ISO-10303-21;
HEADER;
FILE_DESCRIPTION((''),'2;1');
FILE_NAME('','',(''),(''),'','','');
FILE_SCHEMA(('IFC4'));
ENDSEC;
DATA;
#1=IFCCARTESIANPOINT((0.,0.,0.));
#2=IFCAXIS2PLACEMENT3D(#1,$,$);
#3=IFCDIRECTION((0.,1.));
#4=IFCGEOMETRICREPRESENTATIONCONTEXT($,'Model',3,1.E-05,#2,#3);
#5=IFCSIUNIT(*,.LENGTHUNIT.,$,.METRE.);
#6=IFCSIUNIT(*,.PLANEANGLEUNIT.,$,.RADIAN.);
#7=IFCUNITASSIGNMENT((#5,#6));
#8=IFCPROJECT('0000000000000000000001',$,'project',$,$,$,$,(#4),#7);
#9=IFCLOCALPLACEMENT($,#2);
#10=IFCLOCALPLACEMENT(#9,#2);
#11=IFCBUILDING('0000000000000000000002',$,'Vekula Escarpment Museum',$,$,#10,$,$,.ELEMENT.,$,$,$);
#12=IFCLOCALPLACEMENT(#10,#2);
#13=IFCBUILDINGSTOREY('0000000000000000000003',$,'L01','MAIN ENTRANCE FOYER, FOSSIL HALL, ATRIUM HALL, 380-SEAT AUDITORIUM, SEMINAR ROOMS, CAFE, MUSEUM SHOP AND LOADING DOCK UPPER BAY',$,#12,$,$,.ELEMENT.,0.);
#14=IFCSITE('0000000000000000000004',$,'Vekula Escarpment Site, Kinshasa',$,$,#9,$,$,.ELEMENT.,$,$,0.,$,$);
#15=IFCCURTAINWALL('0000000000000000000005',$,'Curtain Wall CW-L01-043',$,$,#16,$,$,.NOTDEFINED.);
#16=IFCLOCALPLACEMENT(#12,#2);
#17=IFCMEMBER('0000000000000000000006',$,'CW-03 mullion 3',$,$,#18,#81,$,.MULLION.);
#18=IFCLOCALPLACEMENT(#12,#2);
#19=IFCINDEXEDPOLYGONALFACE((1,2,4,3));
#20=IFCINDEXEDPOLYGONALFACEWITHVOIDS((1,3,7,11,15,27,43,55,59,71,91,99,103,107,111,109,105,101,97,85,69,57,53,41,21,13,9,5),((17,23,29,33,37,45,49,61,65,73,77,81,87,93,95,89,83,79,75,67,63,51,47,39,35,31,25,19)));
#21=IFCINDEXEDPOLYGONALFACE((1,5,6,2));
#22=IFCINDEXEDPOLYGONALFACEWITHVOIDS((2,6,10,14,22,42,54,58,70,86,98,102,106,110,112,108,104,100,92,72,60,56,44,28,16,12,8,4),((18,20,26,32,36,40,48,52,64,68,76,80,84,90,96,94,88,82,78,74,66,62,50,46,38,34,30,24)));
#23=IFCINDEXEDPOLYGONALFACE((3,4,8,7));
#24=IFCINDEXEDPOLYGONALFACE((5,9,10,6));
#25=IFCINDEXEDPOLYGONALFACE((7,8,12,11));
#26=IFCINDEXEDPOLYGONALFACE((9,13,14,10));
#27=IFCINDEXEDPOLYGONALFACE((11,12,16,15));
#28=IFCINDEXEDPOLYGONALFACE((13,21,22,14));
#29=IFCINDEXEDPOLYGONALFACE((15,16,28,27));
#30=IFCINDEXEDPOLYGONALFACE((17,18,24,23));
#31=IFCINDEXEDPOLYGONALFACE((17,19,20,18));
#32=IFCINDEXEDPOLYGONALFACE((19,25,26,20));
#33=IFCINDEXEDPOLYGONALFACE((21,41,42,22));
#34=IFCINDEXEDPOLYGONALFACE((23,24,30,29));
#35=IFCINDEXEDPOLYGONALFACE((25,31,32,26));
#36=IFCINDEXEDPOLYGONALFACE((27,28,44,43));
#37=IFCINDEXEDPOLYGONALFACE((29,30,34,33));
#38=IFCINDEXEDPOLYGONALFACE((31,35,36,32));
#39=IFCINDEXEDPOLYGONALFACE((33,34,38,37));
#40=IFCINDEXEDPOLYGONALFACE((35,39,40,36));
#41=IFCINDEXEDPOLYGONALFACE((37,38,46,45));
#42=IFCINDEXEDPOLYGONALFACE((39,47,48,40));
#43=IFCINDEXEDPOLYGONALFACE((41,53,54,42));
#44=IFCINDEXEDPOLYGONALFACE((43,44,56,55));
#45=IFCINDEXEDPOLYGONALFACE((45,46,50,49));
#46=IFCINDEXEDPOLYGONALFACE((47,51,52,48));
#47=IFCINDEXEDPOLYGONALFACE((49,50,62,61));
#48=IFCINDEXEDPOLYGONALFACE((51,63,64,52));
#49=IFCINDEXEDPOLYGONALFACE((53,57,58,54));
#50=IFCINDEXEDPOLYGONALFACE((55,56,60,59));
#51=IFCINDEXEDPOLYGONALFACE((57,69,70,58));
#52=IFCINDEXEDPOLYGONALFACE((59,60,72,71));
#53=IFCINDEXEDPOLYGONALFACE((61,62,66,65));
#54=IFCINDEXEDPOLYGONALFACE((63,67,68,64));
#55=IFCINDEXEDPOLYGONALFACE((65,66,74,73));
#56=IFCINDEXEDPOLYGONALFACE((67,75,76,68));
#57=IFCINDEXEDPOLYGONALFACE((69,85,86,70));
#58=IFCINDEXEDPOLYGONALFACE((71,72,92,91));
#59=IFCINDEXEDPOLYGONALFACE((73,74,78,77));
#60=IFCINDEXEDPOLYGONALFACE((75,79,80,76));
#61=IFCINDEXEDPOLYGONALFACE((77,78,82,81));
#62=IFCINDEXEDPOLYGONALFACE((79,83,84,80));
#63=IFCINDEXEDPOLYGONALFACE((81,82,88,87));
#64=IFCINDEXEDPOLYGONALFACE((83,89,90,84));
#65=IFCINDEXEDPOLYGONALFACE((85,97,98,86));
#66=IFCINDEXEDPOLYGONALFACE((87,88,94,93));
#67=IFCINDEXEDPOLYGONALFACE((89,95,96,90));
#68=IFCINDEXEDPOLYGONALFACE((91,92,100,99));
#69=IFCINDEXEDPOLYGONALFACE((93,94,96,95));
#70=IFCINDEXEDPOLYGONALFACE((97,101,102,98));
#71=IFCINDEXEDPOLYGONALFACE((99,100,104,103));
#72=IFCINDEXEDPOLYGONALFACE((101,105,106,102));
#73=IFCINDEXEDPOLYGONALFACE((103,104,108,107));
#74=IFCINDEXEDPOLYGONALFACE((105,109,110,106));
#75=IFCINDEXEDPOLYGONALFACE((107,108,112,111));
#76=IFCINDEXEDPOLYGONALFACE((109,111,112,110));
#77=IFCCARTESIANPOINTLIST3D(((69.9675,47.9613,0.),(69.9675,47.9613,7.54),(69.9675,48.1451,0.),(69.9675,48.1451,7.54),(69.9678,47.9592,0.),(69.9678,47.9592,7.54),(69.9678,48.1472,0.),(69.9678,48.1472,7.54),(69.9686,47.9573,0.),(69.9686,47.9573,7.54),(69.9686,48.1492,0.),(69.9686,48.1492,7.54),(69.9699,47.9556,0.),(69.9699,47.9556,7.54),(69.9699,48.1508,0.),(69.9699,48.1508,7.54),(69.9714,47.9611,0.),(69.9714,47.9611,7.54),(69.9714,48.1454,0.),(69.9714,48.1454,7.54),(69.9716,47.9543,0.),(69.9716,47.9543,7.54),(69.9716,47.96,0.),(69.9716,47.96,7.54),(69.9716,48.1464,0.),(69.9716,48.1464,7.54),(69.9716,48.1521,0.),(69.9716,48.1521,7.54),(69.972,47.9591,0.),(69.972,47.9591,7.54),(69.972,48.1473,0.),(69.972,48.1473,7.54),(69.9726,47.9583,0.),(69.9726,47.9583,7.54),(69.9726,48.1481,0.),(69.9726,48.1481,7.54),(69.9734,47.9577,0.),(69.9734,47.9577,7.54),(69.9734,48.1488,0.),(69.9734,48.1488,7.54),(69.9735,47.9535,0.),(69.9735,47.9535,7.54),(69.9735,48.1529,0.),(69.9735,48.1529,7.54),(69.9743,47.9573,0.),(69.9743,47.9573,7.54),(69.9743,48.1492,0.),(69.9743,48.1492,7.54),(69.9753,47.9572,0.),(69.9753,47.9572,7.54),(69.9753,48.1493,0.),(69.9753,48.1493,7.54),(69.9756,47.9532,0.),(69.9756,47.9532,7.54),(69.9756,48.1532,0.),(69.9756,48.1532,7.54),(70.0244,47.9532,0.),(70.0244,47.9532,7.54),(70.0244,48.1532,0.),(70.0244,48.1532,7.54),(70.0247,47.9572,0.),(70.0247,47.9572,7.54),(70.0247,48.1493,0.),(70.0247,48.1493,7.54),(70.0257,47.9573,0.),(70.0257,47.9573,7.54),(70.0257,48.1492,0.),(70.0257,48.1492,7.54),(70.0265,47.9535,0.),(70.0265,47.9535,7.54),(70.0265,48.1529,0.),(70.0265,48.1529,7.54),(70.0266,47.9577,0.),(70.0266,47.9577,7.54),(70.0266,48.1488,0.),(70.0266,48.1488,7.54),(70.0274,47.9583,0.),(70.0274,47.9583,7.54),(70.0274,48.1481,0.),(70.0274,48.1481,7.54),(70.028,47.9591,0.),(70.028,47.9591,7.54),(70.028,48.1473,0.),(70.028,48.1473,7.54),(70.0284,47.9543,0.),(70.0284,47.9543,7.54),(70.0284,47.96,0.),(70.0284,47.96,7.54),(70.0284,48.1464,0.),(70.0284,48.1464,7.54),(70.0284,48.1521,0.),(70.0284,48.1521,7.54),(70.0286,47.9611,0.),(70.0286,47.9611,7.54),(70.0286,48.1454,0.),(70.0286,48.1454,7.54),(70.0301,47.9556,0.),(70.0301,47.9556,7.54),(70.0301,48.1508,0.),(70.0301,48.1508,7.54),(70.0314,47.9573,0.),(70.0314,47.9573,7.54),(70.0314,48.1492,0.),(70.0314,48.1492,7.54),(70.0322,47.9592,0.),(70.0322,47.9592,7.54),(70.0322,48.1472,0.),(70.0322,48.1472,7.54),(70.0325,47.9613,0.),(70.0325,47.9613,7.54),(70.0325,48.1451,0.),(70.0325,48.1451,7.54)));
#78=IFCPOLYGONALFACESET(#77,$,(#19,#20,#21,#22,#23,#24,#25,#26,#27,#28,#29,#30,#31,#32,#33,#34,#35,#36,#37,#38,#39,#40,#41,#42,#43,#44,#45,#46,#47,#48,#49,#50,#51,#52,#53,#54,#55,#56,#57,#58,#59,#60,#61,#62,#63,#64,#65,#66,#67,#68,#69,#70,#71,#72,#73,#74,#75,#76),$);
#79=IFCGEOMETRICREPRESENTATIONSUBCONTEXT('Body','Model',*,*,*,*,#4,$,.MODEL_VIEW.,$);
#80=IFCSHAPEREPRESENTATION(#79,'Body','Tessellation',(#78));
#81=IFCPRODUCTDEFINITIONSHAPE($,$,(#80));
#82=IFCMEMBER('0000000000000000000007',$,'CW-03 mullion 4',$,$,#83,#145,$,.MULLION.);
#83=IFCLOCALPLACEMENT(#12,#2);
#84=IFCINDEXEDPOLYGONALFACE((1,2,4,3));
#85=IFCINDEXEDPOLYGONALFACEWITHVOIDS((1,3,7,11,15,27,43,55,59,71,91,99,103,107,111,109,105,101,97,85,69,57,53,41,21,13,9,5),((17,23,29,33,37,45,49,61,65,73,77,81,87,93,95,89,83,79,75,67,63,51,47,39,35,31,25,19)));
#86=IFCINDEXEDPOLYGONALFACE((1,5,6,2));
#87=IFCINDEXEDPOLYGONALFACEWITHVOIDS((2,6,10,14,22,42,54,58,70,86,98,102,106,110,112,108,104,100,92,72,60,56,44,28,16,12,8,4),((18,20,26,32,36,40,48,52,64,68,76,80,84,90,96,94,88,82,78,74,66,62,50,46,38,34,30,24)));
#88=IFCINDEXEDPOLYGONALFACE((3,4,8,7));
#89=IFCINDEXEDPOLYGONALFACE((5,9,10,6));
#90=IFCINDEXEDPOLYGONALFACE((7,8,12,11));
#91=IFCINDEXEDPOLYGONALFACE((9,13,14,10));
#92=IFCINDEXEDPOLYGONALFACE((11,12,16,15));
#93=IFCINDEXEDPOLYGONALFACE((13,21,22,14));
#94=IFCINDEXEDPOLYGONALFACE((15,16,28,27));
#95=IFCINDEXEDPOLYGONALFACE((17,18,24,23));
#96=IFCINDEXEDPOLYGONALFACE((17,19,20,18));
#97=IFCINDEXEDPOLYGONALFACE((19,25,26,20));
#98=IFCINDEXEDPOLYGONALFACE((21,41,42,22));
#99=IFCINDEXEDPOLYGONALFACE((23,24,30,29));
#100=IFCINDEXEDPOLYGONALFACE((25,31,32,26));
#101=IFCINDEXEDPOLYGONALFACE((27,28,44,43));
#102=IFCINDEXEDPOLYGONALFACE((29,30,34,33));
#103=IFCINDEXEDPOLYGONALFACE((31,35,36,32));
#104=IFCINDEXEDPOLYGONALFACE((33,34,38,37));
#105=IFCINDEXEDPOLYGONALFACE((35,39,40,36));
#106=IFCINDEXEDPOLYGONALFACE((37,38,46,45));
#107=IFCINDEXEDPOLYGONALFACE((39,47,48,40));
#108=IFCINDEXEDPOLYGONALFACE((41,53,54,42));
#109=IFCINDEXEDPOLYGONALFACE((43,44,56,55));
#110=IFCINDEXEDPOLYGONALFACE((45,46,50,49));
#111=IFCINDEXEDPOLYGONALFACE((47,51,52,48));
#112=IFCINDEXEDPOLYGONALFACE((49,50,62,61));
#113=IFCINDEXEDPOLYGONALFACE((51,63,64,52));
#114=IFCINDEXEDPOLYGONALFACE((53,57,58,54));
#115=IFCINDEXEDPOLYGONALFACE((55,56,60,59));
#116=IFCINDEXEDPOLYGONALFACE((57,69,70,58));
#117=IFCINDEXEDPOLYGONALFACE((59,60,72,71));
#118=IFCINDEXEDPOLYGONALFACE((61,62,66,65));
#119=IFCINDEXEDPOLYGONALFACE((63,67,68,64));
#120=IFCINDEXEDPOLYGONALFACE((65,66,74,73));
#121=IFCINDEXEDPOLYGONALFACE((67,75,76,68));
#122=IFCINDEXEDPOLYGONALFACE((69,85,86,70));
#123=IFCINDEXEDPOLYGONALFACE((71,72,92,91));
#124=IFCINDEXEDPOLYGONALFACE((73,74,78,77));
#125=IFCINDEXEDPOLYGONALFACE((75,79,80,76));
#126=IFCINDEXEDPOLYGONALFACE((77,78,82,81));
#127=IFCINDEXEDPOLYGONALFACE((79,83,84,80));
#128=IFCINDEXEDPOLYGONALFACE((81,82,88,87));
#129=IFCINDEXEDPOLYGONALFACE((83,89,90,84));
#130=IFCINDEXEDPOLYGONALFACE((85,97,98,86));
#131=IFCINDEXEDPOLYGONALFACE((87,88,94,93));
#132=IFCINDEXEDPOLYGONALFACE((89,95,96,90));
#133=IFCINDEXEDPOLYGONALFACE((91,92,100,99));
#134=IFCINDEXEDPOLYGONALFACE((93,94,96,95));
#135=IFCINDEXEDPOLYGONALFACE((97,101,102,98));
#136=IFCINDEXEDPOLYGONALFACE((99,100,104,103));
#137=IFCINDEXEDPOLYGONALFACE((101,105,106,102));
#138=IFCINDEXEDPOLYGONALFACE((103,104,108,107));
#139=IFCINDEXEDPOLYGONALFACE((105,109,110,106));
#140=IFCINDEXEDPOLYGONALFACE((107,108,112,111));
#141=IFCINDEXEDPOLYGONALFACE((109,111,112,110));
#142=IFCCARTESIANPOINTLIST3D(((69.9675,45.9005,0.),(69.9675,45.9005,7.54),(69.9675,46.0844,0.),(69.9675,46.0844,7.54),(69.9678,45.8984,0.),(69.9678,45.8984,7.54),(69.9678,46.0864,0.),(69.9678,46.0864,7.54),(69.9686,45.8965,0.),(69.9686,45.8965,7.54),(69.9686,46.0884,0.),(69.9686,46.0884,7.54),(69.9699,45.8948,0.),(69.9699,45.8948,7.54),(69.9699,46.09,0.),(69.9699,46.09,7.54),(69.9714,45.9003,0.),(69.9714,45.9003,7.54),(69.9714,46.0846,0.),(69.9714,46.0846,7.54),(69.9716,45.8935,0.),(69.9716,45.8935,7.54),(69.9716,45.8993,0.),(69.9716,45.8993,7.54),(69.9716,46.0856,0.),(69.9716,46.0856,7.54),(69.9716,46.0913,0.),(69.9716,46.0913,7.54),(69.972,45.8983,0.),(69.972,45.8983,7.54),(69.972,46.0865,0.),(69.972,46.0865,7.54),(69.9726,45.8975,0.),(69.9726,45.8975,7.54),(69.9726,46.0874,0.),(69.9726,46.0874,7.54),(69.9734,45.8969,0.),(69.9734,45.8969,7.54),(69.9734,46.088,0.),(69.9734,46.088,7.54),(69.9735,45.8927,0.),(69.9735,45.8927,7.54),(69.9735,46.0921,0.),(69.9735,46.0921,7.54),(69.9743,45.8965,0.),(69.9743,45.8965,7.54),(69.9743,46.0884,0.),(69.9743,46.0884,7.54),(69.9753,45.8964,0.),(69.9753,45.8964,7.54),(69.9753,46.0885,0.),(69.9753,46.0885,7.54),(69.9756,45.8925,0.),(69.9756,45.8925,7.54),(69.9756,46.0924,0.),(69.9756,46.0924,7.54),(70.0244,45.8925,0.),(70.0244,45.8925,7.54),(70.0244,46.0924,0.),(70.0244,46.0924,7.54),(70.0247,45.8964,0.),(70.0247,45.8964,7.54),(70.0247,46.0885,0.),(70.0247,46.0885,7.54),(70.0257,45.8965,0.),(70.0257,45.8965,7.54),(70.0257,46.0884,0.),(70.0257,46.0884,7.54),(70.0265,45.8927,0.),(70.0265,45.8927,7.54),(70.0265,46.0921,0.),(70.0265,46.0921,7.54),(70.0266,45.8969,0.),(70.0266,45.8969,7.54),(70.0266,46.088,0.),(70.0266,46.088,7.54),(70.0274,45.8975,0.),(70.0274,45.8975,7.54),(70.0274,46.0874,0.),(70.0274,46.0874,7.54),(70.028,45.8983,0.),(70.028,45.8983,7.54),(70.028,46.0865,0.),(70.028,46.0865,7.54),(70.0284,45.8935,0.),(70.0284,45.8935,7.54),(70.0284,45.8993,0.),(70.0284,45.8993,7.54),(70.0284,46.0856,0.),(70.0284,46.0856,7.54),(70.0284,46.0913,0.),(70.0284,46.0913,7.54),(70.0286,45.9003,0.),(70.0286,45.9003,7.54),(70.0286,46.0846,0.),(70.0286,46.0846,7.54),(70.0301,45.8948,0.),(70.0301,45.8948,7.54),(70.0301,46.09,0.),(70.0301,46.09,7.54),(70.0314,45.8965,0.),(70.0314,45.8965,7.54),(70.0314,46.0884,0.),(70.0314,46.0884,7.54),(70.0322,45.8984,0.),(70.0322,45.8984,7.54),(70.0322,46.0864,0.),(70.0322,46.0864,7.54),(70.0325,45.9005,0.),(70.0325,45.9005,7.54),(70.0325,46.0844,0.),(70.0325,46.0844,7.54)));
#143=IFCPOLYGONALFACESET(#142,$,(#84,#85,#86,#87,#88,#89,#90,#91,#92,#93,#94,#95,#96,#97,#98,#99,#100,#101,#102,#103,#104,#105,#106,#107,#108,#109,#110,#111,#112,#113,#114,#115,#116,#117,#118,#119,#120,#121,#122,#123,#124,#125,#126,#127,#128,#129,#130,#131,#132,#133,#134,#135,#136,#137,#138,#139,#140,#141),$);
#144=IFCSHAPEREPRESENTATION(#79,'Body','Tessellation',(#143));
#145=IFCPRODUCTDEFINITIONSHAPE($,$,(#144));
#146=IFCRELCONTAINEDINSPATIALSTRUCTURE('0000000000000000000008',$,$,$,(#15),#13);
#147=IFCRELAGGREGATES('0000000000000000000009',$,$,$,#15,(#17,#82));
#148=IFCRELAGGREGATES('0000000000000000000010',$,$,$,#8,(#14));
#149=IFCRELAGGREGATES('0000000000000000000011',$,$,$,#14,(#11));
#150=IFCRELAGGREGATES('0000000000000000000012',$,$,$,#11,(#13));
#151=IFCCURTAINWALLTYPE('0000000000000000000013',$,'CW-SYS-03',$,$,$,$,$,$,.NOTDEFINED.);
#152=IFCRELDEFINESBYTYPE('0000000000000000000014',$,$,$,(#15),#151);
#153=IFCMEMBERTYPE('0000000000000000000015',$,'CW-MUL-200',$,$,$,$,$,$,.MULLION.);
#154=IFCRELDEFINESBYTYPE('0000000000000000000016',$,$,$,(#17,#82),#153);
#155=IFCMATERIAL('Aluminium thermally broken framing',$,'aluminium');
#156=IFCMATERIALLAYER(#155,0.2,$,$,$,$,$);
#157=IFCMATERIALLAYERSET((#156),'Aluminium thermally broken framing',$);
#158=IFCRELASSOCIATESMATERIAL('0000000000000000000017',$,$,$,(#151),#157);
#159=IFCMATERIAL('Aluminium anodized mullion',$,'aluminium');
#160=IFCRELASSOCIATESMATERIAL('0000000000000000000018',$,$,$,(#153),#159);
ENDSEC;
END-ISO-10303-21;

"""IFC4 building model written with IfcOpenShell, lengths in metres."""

from ifc_helpers import new_model, si_unit, direction, frame, origin, origin_2d, place, context, subcontext, project, spatial, hollow_rectangle, extrude, material, layer, layer_set, material_profile, profile_set, type_object, element, aggregate, save


model = new_model("IFC4")

# Units and contexts
model_context = context("Model", 3, precision=1e-05, world=origin(), true_north=direction((0.0, 1.0)))
body_context = subcontext(model_context, "Body", "Model", "MODEL_VIEW")
ifc_project = project(units=[si_unit("LENGTHUNIT", "METRE"), si_unit("PLANEANGLEUNIT", "RADIAN")], contexts=[model_context])

# Site, building, storey
site_placement = place(None, origin())
site = spatial("IfcSite", under=ifc_project, at=site_placement, Name="Vekula Escarpment Site, Kinshasa", CompositionType="ELEMENT", RefElevation=0.0)
building_placement = place(site_placement, origin())
building = spatial("IfcBuilding", under=site, at=building_placement, Name="Vekula Escarpment Museum", CompositionType="ELEMENT")
storey_placement = place(building_placement, origin())
storey = spatial("IfcBuildingStorey", under=building, at=storey_placement, Name="L01", Description="MAIN ENTRANCE FOYER, FOSSIL HALL, ATRIUM HALL, 380-SEAT AUDITORIUM, SEMINAR ROOMS, CAFE, MUSEUM SHOP AND LOADING DOCK UPPER BAY", CompositionType="ELEMENT", Elevation=0.0)

# Curtain wall, members
ifc_material_1 = material(Name="Aluminium thermally broken framing", Category="aluminium")
ifc_layer_1 = layer(ifc_material_1, 0.2)
ifc_layer_set_1 = layer_set([ifc_layer_1], Name="Aluminium thermally broken framing")
curtain_wall_type_1 = type_object("IfcCurtainWallType", Name="CW-SYS-03", PredefinedType="NOTDEFINED", material=ifc_layer_set_1)
curtain_wall_1_placement = place(storey_placement, origin())
curtain_wall_1 = element("IfcCurtainWall", 1, at=curtain_wall_1_placement, inside=storey, type_object=curtain_wall_type_1, Name="Curtain Wall CW-L01-043", PredefinedType="NOTDEFINED")
ifc_material_2 = material(Name="Aluminium anodized mullion", Category="aluminium")
ifc_material_profile_1 = material_profile(ifc_material_2, hollow_rectangle(XDim=0.0649, YDim=0.2, WallThickness=0.0039, InnerFilletRadius=0.0039, OuterFilletRadius=0.0081, at=origin_2d()), Name="ALU 200x65x4")
ifc_profile_set_1 = profile_set([ifc_material_profile_1], Name="Aluminium anodized mullion")
member_type_1 = type_object("IfcMemberType", Name="CW-MUL-200", PredefinedType="MULLION", material=ifc_profile_set_1)
member_1_placement = place(storey_placement, frame((70.0, 48.0532, 0.0), z_axis=(0.0, 0.0, 1.0), x_axis=(1.0, 0.0, 0.0)))
member_1 = element("IfcMember", 2, at=member_1_placement, type_object=member_type_1, Name="CW-03 mullion 3", PredefinedType="MULLION", context=body_context, shape_type="SweptSolid", body=[
    extrude(hollow_rectangle(XDim=0.0649, YDim=0.2, WallThickness=0.0039, InnerFilletRadius=0.0039, OuterFilletRadius=0.0081, at=origin_2d()), origin(), (0.0, 0.0, 1.0), 7.54),
])
member_2_placement = place(storey_placement, frame((70.0, 45.9924, 0.0), z_axis=(0.0, 0.0, 1.0), x_axis=(1.0, 0.0, 0.0)))
member_2 = element("IfcMember", 3, at=member_2_placement, type_object=member_type_1, Name="CW-03 mullion 4", PredefinedType="MULLION", context=body_context, shape_type="SweptSolid", body=[
    extrude(hollow_rectangle(XDim=0.0649, YDim=0.2, WallThickness=0.0039, InnerFilletRadius=0.0039, OuterFilletRadius=0.0081, at=origin_2d()), origin(), (0.0, 0.0, 1.0), 7.54),
])

aggregate(curtain_wall_1, [member_1, member_2])

save(model, "model.ifc")
